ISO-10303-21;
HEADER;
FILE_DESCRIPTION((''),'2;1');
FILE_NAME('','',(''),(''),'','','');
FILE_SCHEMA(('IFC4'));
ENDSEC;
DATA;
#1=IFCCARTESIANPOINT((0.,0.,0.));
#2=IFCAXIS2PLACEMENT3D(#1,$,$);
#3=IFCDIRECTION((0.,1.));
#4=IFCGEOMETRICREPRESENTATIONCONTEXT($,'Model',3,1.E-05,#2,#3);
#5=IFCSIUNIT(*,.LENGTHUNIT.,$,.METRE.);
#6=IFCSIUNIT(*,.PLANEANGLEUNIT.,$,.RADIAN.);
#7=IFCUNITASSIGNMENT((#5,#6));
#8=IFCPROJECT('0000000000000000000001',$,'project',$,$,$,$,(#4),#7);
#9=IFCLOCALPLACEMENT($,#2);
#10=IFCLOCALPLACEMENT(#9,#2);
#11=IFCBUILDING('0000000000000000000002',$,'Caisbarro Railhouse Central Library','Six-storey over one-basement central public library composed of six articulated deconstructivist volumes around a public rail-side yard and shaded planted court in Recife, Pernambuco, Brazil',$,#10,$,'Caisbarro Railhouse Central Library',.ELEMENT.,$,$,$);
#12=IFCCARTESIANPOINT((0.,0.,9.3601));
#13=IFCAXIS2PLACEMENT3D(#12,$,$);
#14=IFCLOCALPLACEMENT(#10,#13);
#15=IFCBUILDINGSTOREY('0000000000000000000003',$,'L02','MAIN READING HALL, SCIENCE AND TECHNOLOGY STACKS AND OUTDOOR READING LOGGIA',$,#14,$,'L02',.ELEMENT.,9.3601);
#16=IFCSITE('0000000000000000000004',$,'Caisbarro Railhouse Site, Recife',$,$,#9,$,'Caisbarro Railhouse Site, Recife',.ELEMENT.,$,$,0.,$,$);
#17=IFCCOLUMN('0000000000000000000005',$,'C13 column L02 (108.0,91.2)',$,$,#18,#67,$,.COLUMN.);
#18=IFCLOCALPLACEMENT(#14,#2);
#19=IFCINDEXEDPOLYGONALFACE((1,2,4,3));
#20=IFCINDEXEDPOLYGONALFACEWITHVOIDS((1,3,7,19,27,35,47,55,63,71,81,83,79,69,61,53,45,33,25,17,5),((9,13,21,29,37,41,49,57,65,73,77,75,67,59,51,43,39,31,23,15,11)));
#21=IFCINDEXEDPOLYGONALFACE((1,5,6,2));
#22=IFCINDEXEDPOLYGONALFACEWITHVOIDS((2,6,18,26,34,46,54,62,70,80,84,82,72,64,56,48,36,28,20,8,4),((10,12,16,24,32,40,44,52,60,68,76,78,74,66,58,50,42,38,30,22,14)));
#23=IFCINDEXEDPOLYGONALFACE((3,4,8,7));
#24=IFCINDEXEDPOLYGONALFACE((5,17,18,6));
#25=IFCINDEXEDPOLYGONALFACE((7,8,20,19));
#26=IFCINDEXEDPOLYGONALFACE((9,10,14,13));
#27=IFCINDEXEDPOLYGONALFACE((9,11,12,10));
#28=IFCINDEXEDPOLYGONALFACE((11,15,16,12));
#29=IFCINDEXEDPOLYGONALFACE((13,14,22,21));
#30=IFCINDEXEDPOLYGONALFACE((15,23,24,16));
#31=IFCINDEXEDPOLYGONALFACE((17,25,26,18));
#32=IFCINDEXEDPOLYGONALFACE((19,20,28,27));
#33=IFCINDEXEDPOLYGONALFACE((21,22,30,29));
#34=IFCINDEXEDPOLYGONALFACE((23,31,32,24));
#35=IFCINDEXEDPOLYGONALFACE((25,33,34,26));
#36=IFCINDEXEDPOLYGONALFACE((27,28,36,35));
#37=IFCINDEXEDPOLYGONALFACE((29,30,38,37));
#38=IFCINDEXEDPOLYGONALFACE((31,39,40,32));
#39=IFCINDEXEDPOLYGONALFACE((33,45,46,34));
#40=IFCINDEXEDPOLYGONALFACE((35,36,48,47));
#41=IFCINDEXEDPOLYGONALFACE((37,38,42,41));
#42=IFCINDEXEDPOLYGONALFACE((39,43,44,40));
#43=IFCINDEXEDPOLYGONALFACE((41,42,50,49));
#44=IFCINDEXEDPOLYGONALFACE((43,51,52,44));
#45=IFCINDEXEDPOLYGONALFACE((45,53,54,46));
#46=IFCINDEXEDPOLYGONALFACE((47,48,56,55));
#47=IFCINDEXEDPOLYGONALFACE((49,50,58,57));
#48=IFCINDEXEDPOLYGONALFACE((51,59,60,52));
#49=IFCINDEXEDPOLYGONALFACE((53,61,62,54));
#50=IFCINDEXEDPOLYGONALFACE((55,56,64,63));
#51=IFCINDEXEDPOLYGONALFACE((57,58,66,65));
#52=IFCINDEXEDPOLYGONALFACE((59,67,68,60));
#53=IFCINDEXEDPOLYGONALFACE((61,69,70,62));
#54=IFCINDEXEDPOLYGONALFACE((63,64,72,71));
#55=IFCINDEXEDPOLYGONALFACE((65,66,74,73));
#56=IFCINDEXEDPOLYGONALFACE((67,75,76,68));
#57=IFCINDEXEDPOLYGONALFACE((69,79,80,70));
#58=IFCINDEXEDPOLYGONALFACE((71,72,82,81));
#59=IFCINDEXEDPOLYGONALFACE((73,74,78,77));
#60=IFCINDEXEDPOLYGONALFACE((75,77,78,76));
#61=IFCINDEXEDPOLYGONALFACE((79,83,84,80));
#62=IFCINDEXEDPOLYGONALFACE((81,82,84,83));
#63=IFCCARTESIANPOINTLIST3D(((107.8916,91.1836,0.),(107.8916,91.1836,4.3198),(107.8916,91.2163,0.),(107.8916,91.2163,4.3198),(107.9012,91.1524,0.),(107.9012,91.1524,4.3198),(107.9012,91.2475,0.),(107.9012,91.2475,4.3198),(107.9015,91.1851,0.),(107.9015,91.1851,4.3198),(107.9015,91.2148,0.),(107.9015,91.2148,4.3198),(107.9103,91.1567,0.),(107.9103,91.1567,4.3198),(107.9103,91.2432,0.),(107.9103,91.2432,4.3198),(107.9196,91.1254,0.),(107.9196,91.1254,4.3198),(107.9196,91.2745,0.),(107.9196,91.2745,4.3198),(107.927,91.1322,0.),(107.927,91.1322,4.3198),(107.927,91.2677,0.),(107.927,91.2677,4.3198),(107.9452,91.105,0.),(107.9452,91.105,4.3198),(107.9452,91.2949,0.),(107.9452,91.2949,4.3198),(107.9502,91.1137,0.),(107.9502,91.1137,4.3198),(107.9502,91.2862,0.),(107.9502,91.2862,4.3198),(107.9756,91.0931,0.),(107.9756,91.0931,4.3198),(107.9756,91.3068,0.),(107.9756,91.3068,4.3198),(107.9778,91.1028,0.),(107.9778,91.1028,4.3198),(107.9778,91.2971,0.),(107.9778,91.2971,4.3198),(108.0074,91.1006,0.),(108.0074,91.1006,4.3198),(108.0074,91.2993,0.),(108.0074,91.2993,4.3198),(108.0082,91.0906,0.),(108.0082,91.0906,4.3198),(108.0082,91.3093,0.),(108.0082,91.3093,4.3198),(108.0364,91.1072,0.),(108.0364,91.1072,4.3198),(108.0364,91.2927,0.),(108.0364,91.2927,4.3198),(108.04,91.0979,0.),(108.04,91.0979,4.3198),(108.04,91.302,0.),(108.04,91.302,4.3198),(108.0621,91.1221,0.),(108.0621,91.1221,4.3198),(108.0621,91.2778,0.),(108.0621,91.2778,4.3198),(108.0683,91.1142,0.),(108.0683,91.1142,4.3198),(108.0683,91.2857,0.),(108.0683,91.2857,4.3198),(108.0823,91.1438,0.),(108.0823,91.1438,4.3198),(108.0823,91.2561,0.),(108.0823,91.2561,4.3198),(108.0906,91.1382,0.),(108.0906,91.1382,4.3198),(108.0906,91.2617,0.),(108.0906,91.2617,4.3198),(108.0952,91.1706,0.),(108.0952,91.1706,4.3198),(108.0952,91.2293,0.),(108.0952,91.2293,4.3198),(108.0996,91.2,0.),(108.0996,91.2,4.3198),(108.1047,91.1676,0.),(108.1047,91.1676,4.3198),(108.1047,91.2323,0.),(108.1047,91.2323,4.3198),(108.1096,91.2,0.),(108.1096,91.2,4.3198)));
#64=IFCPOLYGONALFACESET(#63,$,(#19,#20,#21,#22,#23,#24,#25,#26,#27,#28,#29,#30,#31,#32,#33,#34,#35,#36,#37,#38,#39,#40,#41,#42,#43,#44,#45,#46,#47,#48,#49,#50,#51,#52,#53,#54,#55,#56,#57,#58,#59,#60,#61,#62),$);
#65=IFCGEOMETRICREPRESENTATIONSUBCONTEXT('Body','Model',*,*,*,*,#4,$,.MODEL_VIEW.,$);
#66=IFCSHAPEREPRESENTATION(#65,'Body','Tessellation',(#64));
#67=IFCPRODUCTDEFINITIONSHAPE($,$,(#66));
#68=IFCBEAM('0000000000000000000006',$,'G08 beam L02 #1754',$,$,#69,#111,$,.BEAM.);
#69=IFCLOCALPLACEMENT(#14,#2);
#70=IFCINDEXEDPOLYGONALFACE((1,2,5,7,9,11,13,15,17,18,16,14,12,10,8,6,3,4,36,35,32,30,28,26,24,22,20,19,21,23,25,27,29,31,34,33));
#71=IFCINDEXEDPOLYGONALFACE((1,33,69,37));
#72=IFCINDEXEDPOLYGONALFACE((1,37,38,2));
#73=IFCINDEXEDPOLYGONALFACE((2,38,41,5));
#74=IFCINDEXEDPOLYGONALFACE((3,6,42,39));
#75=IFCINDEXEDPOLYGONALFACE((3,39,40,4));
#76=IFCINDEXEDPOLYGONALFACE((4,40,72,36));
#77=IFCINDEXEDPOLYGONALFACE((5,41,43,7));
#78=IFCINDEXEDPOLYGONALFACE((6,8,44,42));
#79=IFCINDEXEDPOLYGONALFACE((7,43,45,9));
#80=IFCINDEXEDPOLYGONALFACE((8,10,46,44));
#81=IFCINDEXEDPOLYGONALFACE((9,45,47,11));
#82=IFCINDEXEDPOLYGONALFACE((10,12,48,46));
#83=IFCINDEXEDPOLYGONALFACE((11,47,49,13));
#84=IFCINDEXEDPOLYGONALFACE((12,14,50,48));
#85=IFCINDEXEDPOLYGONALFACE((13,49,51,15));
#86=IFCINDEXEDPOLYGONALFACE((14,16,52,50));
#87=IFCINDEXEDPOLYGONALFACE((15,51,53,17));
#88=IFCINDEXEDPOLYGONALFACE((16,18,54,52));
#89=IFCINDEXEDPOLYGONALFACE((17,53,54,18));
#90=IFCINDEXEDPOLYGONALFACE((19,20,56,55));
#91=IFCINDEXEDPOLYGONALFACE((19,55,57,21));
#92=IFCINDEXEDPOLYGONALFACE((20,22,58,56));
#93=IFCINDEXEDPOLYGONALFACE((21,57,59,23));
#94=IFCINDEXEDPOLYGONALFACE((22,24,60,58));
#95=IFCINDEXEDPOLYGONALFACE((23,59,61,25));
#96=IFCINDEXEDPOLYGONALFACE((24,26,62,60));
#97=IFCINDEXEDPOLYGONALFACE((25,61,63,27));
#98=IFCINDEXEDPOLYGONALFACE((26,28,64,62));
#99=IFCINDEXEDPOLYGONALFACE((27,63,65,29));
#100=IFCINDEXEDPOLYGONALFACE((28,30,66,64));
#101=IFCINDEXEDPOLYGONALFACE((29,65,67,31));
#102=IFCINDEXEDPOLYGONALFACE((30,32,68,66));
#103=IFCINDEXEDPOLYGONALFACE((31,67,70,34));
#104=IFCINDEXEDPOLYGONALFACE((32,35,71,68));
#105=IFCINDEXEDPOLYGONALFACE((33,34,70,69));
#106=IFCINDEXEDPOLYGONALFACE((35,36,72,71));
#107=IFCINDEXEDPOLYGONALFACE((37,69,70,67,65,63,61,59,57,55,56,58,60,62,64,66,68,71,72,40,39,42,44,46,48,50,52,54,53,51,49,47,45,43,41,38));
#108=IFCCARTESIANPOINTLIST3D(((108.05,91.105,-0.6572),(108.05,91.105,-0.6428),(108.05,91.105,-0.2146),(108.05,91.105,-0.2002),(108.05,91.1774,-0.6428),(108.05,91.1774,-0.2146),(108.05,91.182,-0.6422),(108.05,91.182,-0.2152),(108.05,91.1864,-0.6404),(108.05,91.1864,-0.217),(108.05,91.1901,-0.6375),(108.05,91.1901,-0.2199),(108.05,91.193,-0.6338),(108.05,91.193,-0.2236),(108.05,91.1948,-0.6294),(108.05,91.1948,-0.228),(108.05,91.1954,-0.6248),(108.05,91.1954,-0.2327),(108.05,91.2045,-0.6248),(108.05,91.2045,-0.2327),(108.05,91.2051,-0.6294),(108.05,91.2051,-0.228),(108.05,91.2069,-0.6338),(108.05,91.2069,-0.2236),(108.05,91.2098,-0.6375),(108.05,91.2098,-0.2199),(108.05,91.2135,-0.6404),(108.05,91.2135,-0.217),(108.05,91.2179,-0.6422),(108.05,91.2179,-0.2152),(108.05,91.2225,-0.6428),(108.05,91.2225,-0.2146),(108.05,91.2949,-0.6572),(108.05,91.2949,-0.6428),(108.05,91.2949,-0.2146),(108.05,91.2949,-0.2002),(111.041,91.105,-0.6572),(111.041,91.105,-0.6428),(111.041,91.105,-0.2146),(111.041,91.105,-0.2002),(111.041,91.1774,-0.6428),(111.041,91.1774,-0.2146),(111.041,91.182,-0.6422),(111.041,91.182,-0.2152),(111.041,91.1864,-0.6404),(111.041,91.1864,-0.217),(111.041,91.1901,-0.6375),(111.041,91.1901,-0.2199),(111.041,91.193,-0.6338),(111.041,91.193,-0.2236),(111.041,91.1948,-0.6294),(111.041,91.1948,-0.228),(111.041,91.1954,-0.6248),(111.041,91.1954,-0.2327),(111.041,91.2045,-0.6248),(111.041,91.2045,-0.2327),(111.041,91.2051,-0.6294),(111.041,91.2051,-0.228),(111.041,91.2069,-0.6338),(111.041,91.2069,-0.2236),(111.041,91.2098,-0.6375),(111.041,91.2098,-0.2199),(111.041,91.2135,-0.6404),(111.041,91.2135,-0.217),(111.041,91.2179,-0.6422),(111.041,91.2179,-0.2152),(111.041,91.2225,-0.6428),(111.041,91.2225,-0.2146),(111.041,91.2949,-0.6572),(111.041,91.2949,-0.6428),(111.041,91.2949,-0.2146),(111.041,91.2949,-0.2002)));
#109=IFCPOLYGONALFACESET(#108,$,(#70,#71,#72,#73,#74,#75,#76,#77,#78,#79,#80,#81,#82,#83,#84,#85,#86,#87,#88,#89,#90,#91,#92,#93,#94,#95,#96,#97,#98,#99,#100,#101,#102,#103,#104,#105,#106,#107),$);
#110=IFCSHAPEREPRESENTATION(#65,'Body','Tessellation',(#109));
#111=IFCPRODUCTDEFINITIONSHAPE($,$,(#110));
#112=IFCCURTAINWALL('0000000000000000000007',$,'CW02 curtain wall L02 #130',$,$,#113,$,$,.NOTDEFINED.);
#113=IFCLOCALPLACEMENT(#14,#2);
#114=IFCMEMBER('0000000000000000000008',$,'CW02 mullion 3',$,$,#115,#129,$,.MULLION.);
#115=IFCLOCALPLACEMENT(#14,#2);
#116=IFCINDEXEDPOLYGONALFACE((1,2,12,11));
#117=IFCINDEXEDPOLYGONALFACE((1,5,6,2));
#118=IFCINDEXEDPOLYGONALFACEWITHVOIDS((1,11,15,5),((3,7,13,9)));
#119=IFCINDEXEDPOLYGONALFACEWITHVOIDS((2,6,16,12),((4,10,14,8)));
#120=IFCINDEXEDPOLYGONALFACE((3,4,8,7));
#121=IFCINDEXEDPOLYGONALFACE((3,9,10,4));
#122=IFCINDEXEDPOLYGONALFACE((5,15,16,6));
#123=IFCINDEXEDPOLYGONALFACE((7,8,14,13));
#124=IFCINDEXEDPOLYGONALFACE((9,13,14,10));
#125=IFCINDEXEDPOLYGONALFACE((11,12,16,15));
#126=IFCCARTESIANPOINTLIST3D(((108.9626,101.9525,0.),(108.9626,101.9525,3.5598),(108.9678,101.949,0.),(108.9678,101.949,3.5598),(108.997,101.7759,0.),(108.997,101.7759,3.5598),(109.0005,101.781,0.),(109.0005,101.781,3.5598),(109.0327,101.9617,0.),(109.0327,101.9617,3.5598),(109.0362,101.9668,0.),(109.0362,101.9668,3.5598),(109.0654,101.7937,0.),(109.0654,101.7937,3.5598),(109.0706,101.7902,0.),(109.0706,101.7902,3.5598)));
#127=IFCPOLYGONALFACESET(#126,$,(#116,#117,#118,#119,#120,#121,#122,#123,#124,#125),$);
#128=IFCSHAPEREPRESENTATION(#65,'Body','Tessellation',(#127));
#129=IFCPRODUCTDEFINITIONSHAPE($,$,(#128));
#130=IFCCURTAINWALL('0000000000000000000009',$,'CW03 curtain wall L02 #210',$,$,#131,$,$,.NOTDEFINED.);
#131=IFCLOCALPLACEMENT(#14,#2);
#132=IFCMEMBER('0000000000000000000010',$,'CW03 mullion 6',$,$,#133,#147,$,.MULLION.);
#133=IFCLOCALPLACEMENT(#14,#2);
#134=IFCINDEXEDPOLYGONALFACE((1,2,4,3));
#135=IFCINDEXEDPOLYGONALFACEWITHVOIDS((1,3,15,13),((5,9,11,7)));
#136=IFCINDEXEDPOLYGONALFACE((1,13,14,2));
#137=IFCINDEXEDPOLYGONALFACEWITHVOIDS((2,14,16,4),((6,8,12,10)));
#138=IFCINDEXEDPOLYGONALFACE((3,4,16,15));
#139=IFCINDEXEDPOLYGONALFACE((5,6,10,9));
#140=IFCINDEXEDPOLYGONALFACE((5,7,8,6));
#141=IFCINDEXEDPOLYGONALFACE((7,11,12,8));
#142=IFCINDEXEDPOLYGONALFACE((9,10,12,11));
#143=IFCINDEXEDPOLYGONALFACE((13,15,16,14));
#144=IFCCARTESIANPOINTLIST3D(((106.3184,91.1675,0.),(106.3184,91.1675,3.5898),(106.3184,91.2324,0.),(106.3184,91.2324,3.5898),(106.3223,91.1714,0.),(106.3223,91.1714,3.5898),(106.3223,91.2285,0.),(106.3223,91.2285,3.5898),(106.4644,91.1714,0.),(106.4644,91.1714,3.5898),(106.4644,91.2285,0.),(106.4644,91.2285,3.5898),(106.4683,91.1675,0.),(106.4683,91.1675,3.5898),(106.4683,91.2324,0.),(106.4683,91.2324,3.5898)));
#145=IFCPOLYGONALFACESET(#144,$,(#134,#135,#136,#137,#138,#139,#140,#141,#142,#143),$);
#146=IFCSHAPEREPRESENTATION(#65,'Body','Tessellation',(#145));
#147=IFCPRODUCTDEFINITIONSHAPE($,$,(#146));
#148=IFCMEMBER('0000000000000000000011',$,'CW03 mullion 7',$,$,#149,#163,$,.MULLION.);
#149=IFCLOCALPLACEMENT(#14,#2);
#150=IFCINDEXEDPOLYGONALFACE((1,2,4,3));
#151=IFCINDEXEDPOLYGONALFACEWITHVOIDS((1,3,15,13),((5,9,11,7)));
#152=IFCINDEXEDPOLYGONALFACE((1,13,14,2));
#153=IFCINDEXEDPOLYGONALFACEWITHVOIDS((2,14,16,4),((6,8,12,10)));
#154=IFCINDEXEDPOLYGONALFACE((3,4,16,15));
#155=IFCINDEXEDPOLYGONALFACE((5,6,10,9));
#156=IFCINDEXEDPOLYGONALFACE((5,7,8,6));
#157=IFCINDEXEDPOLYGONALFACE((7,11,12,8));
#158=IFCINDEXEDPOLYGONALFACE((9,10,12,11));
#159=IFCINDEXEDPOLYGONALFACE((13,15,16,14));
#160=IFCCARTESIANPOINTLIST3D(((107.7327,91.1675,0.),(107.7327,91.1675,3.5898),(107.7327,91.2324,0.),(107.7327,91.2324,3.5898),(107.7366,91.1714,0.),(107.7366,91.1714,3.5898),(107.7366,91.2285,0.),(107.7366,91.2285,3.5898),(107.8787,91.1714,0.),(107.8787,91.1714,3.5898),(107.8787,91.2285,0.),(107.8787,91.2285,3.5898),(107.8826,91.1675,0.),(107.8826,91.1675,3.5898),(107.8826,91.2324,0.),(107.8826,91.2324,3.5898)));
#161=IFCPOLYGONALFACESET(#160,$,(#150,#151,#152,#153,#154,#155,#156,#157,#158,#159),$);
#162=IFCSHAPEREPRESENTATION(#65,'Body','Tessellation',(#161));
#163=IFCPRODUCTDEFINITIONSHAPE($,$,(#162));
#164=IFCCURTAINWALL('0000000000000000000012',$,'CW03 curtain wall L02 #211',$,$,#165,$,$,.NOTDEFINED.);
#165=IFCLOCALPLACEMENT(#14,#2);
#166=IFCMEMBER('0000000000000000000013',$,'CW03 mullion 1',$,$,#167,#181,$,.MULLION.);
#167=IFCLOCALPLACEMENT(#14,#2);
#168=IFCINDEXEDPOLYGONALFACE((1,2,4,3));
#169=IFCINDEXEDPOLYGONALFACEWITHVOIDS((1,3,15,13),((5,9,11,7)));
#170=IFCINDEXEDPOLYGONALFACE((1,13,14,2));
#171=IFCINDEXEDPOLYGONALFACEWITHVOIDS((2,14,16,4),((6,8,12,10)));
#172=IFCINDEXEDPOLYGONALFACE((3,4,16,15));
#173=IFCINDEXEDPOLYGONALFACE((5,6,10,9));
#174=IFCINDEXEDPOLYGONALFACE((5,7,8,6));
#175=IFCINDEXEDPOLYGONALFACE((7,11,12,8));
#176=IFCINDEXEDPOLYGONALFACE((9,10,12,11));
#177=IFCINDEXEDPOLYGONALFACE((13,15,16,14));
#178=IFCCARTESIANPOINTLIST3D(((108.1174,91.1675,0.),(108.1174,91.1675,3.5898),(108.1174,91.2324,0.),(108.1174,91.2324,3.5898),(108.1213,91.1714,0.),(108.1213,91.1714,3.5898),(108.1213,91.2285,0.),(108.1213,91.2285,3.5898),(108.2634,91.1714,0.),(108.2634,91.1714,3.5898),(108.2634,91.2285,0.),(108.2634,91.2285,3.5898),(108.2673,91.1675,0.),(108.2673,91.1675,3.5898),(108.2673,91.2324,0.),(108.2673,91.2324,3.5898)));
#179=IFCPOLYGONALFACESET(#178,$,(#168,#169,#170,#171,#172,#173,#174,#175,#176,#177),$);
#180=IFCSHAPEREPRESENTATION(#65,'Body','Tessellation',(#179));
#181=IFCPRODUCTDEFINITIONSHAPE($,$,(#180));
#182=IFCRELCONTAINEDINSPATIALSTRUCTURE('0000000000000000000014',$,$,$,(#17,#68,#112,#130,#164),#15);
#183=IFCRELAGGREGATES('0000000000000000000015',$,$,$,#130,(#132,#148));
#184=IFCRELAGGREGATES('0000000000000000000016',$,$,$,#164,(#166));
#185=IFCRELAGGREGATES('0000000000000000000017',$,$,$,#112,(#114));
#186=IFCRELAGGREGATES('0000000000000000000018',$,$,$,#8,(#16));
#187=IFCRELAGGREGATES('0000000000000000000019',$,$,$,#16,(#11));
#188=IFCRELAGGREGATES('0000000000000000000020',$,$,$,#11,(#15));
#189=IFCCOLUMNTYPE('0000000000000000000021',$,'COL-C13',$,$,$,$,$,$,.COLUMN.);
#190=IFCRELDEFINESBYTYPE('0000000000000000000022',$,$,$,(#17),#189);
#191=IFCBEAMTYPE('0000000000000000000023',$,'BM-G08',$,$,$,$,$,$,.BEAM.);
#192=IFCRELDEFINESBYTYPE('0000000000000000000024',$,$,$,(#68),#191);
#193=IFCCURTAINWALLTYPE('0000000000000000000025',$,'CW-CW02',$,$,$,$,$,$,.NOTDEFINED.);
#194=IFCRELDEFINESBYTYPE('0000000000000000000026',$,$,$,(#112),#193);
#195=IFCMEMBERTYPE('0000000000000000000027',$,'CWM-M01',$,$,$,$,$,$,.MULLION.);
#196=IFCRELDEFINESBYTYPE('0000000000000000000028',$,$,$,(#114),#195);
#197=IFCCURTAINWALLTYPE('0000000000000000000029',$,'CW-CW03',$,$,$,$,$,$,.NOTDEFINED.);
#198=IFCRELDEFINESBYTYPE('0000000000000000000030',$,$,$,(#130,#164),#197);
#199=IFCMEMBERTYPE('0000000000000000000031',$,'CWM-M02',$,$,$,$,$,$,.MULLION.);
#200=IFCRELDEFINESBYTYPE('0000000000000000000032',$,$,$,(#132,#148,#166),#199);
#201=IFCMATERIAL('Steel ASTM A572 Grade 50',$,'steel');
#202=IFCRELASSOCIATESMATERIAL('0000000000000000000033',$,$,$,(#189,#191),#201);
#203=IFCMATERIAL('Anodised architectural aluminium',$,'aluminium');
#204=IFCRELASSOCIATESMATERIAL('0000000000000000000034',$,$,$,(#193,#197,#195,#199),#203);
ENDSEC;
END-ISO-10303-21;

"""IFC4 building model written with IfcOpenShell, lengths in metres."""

from ifc_helpers import new_model, si_unit, direction, frame, origin, origin_2d, place, context, subcontext, project, spatial, hollow_rectangle, hollow_circle, i_section, extrude, material, material_profile, profile_set, type_object, element, aggregate, save


model = new_model("IFC4")

# Units and contexts
model_context = context("Model", 3, precision=1e-05, world=origin(), true_north=direction((0.0, 1.0)))
body_context = subcontext(model_context, "Body", "Model", "MODEL_VIEW")
ifc_project = project(units=[si_unit("LENGTHUNIT", "METRE"), si_unit("PLANEANGLEUNIT", "RADIAN")], contexts=[model_context])

# Site, building, storey
site_placement = place(None, origin())
site = spatial("IfcSite", under=ifc_project, at=site_placement, Name="Caisbarro Railhouse Site, Recife", LongName="Caisbarro Railhouse Site, Recife", CompositionType="ELEMENT", RefElevation=0.0)
building_placement = place(site_placement, origin())
building = spatial("IfcBuilding", under=site, at=building_placement, Name="Caisbarro Railhouse Central Library", Description="Six-storey over one-basement central public library composed of six articulated deconstructivist volumes around a public rail-side yard and shaded planted court in Recife, Pernambuco, Brazil", LongName="Caisbarro Railhouse Central Library", CompositionType="ELEMENT")
storey_placement = place(building_placement, frame((0.0, 0.0, 9.3601)))
storey = spatial("IfcBuildingStorey", under=building, at=storey_placement, Name="L02", Description="MAIN READING HALL, SCIENCE AND TECHNOLOGY STACKS AND OUTDOOR READING LOGGIA", LongName="L02", CompositionType="ELEMENT", Elevation=9.3601)

# Column
ifc_material_1 = material(Name="Steel ASTM A572 Grade 50", Category="steel")
ifc_material_profile_1 = material_profile(ifc_material_1, hollow_circle(Radius=0.1096, WallThickness=0.01, at=origin_2d()), Name="CHS219.1X10")
ifc_profile_set_1 = profile_set([ifc_material_profile_1], Name="Steel ASTM A572 Grade 50")
column_type = type_object("IfcColumnType", Name="COL-C13", PredefinedType="COLUMN", material=ifc_profile_set_1)
column_placement = place(storey_placement, frame((108.0, 91.2, 0.0), z_axis=(0.0, 0.0, 1.0), x_axis=(1.0, 0.0, 0.0)))
element("IfcColumn", 1, at=column_placement, inside=storey, type_object=column_type, Name="C13 column L02 (108.0,91.2)", PredefinedType="COLUMN", context=body_context, shape_type="SweptSolid", body=[
    extrude(hollow_circle(Radius=0.1096, WallThickness=0.01, at=origin_2d()), origin(), (0.0, 0.0, 1.0), 4.3198),
])

# Beam
ifc_material_profile_2 = material_profile(ifc_material_1, i_section(OverallWidth=0.1899, OverallDepth=0.457, WebThickness=0.009, FlangeThickness=0.0144, FilletRadius=0.0181, at=origin_2d()), Name="W460X74.0")
ifc_profile_set_2 = profile_set([ifc_material_profile_2], Name="Steel ASTM A572 Grade 50")
beam_type = type_object("IfcBeamType", Name="BM-G08", PredefinedType="BEAM", material=ifc_profile_set_2)
beam_placement = place(storey_placement, frame((108.05, 91.2, -0.4287), z_axis=(1.0, 0.0, 0.0), x_axis=(0.0, 1.0, 0.0)))
element("IfcBeam", 2, at=beam_placement, inside=storey, type_object=beam_type, Name="G08 beam L02 #1754", PredefinedType="BEAM", context=body_context, shape_type="SweptSolid", body=[
    extrude(i_section(OverallWidth=0.1899, OverallDepth=0.457, WebThickness=0.009, FlangeThickness=0.0144, FilletRadius=0.0181, at=origin_2d()), origin(), (0.0, 0.0, 1.0), 2.991),
])

# Curtain wall, member
ifc_material_2 = material(Name="Anodised architectural aluminium", Category="aluminium")
curtain_wall_type_1 = type_object("IfcCurtainWallType", Name="CW-CW02", PredefinedType="NOTDEFINED", material=ifc_material_2)
curtain_wall_1_placement = place(storey_placement, origin())
curtain_wall_1 = element("IfcCurtainWall", 3, at=curtain_wall_1_placement, inside=storey, type_object=curtain_wall_type_1, Name="CW02 curtain wall L02 #130", PredefinedType="NOTDEFINED")
ifc_material_profile_3 = material_profile(ifc_material_2, hollow_rectangle(XDim=0.075, YDim=0.1799, WallThickness=0.0044, at=origin_2d()), Name="ALU-MUL-75X180")
ifc_profile_set_3 = profile_set([ifc_material_profile_3], Name="Anodised architectural aluminium")
member_type_1 = type_object("IfcMemberType", Name="CWM-M01", PredefinedType="MULLION", material=ifc_profile_set_3)
member_1_placement = place(storey_placement, frame((109.0166, 101.8713, 0.0), z_axis=(0.0, 0.0, 1.0), x_axis=(-0.981607, -0.190911, 0.0)))
member_1 = element("IfcMember", 4, at=member_1_placement, type_object=member_type_1, Name="CW02 mullion 3", PredefinedType="MULLION", context=body_context, shape_type="SweptSolid", body=[
    extrude(hollow_rectangle(XDim=0.075, YDim=0.1799, WallThickness=0.0044, at=origin_2d()), origin(), (0.0, 0.0, 1.0), 3.5598),
])

# Curtain wall, members
curtain_wall_type_2 = type_object("IfcCurtainWallType", Name="CW-CW03", PredefinedType="NOTDEFINED", material=ifc_material_2)
curtain_wall_2_placement = place(storey_placement, origin())
curtain_wall_2 = element("IfcCurtainWall", 5, at=curtain_wall_2_placement, inside=storey, type_object=curtain_wall_type_2, Name="CW03 curtain wall L02 #210", PredefinedType="NOTDEFINED")
ifc_material_profile_4 = material_profile(ifc_material_2, hollow_rectangle(XDim=0.0649, YDim=0.1499, WallThickness=0.0039, at=origin_2d()), Name="ALU-MUL-65X150")
ifc_profile_set_4 = profile_set([ifc_material_profile_4], Name="Anodised architectural aluminium")
member_type_2 = type_object("IfcMemberType", Name="CWM-M02", PredefinedType="MULLION", material=ifc_profile_set_4)
member_2_placement = place(storey_placement, frame((106.3933, 91.2, 0.0), z_axis=(0.0, 0.0, 1.0), x_axis=(0.0, 1.0, 0.0)))
member_2 = element("IfcMember", 6, at=member_2_placement, type_object=member_type_2, Name="CW03 mullion 6", PredefinedType="MULLION", context=body_context, shape_type="SweptSolid", body=[
    extrude(hollow_rectangle(XDim=0.0649, YDim=0.1499, WallThickness=0.0039, at=origin_2d()), origin(), (0.0, 0.0, 1.0), 3.5898),
])
member_3_placement = place(storey_placement, frame((107.8076, 91.2, 0.0), z_axis=(0.0, 0.0, 1.0), x_axis=(0.0, 1.0, 0.0)))
member_3 = element("IfcMember", 7, at=member_3_placement, type_object=member_type_2, Name="CW03 mullion 7", PredefinedType="MULLION", context=body_context, shape_type="SweptSolid", body=[
    extrude(hollow_rectangle(XDim=0.0649, YDim=0.1499, WallThickness=0.0039, at=origin_2d()), origin(), (0.0, 0.0, 1.0), 3.5898),
])

# Curtain wall, member
curtain_wall_3_placement = place(storey_placement, origin())
curtain_wall_3 = element("IfcCurtainWall", 8, at=curtain_wall_3_placement, inside=storey, type_object=curtain_wall_type_2, Name="CW03 curtain wall L02 #211", PredefinedType="NOTDEFINED")
member_4_placement = place(storey_placement, frame((108.1924, 91.2, 0.0), z_axis=(0.0, 0.0, 1.0), x_axis=(0.0, 1.0, 0.0)))
member_4 = element("IfcMember", 9, at=member_4_placement, type_object=member_type_2, Name="CW03 mullion 1", PredefinedType="MULLION", context=body_context, shape_type="SweptSolid", body=[
    extrude(hollow_rectangle(XDim=0.0649, YDim=0.1499, WallThickness=0.0039, at=origin_2d()), origin(), (0.0, 0.0, 1.0), 3.5898),
])

aggregate(curtain_wall_2, [member_2, member_3])
aggregate(curtain_wall_3, [member_4])
aggregate(curtain_wall_1, [member_1])

save(model, "model.ifc")
